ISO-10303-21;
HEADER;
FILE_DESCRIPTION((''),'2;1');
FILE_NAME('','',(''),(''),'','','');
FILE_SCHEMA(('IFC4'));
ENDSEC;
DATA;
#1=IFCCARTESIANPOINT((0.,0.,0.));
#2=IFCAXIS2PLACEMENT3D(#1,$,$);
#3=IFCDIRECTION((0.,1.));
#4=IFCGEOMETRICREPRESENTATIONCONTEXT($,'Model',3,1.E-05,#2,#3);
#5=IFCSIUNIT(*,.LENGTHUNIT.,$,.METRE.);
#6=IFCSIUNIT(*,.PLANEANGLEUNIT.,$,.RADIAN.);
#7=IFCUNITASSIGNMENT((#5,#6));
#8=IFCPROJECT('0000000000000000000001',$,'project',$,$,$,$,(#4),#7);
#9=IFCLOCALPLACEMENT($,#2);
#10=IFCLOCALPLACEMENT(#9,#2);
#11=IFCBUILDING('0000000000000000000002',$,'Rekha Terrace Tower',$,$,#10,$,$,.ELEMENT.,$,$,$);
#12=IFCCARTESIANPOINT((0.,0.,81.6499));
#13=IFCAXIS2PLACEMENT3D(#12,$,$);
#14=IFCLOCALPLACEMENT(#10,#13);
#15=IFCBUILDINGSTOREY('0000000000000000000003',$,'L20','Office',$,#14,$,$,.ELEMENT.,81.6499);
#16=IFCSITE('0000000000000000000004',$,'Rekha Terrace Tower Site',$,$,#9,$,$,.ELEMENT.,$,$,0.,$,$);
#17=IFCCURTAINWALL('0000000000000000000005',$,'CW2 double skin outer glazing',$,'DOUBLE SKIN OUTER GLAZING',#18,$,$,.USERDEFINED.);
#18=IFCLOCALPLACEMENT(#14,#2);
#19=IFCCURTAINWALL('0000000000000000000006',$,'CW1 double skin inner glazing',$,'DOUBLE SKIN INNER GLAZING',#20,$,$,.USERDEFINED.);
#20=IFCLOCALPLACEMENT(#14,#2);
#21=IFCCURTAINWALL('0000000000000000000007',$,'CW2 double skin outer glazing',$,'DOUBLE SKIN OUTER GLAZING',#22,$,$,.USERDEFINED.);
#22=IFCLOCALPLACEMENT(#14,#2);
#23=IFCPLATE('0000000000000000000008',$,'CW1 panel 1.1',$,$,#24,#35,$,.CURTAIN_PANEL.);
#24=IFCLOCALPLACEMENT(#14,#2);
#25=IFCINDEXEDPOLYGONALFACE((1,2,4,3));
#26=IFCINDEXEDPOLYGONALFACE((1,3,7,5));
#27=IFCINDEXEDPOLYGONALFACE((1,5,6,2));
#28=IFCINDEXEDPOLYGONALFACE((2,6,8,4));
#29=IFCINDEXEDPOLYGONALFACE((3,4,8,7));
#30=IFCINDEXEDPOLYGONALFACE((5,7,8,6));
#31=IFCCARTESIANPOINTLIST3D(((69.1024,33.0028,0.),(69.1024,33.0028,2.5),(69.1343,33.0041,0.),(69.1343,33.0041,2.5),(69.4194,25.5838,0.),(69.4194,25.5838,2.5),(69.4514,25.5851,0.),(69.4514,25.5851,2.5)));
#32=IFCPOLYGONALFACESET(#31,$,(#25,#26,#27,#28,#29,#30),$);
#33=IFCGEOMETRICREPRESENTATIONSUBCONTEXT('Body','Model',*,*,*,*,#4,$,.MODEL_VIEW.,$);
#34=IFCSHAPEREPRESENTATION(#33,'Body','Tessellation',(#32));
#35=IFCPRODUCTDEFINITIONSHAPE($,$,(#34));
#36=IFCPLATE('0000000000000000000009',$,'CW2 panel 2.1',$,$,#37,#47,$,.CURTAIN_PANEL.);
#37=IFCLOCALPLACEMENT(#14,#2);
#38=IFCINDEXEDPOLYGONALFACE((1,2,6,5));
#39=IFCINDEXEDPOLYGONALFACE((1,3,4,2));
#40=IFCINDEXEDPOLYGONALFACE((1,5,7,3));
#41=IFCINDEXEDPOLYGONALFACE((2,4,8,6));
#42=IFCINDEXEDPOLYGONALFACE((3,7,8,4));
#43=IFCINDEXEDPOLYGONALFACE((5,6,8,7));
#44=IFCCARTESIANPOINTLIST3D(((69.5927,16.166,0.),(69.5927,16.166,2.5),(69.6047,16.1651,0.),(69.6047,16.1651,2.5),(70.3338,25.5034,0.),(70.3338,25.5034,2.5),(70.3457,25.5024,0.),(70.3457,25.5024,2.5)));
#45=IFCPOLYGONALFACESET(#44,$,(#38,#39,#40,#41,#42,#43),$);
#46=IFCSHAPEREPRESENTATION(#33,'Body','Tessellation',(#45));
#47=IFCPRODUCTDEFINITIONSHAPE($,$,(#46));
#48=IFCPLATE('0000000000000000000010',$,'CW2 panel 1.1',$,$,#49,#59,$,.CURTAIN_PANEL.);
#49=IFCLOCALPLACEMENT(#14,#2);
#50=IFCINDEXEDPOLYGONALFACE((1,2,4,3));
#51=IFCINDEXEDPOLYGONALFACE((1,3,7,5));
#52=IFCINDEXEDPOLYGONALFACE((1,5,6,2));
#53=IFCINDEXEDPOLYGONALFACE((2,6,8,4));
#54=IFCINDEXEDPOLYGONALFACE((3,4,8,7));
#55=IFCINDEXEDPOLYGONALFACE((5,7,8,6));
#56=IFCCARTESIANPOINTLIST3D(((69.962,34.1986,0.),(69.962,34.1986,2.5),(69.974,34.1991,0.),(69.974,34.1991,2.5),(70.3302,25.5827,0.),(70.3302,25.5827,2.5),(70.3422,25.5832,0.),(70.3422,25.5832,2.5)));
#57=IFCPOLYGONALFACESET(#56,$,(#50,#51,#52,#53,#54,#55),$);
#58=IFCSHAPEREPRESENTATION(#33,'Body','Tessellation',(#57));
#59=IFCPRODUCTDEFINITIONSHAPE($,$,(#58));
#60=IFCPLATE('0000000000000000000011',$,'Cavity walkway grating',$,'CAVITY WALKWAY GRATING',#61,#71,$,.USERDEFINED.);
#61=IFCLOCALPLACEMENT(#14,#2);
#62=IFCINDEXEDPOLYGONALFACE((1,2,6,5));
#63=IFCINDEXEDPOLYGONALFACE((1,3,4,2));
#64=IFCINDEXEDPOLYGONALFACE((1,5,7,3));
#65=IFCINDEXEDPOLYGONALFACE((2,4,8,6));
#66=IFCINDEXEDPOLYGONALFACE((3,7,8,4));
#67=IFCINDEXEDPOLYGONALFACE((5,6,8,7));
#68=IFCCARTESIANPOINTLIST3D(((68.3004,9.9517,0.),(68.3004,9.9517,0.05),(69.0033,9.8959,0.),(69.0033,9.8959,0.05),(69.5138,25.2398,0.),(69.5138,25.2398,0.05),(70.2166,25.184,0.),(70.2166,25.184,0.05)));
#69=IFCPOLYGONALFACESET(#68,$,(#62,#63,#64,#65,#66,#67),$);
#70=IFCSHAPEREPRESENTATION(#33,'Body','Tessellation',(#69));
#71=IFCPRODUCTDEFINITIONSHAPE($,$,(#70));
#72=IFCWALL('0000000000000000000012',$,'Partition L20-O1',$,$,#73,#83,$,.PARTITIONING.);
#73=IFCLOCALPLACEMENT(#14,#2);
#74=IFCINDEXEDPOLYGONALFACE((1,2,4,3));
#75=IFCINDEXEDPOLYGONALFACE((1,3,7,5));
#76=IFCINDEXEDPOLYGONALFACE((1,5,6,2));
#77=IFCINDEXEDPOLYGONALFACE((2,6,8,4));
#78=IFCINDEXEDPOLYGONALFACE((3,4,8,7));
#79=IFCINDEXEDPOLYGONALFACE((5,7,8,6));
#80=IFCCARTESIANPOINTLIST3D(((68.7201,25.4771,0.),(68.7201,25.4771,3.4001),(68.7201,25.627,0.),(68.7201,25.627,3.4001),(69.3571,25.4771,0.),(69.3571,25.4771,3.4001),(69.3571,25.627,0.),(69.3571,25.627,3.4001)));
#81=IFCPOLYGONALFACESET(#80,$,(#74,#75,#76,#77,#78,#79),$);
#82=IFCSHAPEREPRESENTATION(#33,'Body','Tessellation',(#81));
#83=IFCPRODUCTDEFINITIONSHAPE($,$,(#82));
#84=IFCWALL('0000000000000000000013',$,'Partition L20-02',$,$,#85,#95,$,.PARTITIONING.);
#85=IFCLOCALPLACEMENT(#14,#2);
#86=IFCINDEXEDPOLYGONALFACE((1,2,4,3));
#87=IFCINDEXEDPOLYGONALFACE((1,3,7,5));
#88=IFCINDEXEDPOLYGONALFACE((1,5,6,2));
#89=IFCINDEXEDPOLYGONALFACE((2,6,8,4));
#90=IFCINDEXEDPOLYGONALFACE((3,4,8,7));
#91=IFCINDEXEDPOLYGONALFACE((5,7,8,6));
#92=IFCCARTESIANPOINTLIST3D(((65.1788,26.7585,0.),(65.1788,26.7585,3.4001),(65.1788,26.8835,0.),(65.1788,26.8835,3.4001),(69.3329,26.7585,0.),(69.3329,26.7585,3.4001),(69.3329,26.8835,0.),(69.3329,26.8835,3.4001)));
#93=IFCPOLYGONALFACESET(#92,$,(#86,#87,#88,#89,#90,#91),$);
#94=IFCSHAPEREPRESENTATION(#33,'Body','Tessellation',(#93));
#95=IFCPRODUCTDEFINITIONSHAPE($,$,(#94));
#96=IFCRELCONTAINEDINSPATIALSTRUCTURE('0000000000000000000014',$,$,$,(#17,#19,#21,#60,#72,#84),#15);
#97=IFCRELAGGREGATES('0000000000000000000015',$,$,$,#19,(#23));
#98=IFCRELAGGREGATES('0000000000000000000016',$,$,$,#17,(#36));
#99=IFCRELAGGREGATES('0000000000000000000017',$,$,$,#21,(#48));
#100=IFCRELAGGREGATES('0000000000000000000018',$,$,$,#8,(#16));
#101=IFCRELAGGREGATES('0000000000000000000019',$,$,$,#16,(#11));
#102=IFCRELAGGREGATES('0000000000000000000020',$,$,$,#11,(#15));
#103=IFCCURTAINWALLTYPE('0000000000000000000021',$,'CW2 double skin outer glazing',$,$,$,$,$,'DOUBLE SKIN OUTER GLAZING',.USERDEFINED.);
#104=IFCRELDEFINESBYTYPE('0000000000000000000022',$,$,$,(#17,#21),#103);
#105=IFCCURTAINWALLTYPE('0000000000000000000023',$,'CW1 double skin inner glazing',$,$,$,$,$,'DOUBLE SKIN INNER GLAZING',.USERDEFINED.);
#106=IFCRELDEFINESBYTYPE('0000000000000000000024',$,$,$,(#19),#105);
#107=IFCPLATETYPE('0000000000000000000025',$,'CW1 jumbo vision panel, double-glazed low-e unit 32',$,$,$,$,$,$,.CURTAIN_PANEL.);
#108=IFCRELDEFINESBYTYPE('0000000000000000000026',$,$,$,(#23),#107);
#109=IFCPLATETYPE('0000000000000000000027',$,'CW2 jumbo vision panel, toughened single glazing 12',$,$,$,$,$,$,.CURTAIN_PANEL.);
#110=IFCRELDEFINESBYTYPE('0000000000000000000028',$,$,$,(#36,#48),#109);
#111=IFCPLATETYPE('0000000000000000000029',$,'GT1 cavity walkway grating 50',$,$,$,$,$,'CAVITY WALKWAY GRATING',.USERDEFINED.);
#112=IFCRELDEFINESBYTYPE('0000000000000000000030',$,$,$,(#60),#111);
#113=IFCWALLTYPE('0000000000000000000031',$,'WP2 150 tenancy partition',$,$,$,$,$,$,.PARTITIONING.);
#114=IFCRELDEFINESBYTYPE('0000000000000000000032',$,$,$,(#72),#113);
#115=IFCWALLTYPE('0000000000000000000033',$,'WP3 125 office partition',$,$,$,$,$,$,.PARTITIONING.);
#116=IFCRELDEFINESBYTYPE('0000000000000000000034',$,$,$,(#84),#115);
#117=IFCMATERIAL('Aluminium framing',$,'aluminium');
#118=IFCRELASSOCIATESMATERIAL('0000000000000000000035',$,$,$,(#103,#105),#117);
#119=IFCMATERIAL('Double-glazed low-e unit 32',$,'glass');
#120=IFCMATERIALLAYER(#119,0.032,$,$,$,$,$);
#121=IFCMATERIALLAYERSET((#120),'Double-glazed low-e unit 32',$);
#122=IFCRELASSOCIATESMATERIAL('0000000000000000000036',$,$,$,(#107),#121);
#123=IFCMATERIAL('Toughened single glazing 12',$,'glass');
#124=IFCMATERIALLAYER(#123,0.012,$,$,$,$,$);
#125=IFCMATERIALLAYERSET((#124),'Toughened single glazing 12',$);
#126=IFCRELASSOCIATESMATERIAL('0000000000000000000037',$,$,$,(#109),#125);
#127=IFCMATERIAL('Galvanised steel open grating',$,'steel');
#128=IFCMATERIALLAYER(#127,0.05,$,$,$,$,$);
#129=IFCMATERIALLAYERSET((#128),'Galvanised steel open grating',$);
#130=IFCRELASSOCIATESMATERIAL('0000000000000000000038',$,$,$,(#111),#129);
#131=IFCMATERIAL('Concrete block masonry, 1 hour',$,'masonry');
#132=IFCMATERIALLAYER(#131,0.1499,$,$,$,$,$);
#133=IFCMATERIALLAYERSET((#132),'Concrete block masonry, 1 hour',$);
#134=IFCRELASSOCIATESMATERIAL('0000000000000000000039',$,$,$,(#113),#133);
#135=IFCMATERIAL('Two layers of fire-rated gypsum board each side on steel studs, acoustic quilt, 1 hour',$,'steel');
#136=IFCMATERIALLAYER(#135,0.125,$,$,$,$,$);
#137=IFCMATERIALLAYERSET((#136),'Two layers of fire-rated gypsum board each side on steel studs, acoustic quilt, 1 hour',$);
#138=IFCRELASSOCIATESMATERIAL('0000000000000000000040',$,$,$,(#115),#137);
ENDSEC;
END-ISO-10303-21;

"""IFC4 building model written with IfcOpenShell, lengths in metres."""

from ifc_helpers import new_model, si_unit, direction, frame, frame_2d, origin, origin_2d, place, context, subcontext, project, spatial, rectangle, extrude, material, layer, layer_set, type_object, element, aggregate, save


model = new_model("IFC4")

# Units and contexts
model_context = context("Model", 3, precision=1e-05, world=origin(), true_north=direction((0.0, 1.0)))
body_context = subcontext(model_context, "Body", "Model", "MODEL_VIEW")
ifc_project = project(units=[si_unit("LENGTHUNIT", "METRE"), si_unit("PLANEANGLEUNIT", "RADIAN")], contexts=[model_context])

# Site, building, storey
site_placement = place(None, origin())
site = spatial("IfcSite", under=ifc_project, at=site_placement, Name="Rekha Terrace Tower Site", CompositionType="ELEMENT", RefElevation=0.0)
building_placement = place(site_placement, origin())
building = spatial("IfcBuilding", under=site, at=building_placement, Name="Rekha Terrace Tower", CompositionType="ELEMENT")
storey_placement = place(building_placement, frame((0.0, 0.0, 81.6499)))
storey = spatial("IfcBuildingStorey", under=building, at=storey_placement, Name="L20", Description="Office", CompositionType="ELEMENT", Elevation=81.6499)

# Curtain walls
ifc_material_1 = material(Name="Aluminium framing", Category="aluminium")
curtain_wall_type_1 = type_object("IfcCurtainWallType", Name="CW2 double skin outer glazing", ElementType="DOUBLE SKIN OUTER GLAZING", PredefinedType="USERDEFINED", material=ifc_material_1)
curtain_wall_1_placement = place(storey_placement, origin())
curtain_wall_1 = element("IfcCurtainWall", 1, at=curtain_wall_1_placement, inside=storey, type_object=curtain_wall_type_1, Name="CW2 double skin outer glazing", ObjectType="DOUBLE SKIN OUTER GLAZING", PredefinedType="USERDEFINED")
curtain_wall_type_2 = type_object("IfcCurtainWallType", Name="CW1 double skin inner glazing", ElementType="DOUBLE SKIN INNER GLAZING", PredefinedType="USERDEFINED", material=ifc_material_1)
curtain_wall_2_placement = place(storey_placement, origin())
curtain_wall_2 = element("IfcCurtainWall", 2, at=curtain_wall_2_placement, inside=storey, type_object=curtain_wall_type_2, Name="CW1 double skin inner glazing", ObjectType="DOUBLE SKIN INNER GLAZING", PredefinedType="USERDEFINED")

# Curtain wall
curtain_wall_3_placement = place(storey_placement, origin())
curtain_wall_3 = element("IfcCurtainWall", 3, at=curtain_wall_3_placement, inside=storey, type_object=curtain_wall_type_1, Name="CW2 double skin outer glazing", ObjectType="DOUBLE SKIN OUTER GLAZING", PredefinedType="USERDEFINED")

# Plates
ifc_material_2 = material(Name="Double-glazed low-e unit 32", Category="glass")
ifc_layer_1 = layer(ifc_material_2, 0.032)
ifc_layer_set_1 = layer_set([ifc_layer_1], Name="Double-glazed low-e unit 32")
plate_type_1 = type_object("IfcPlateType", Name="CW1 jumbo vision panel, double-glazed low-e unit 32", PredefinedType="CURTAIN_PANEL", material=ifc_layer_set_1)
plate_1_placement = place(storey_placement, frame((69.2769, 29.2939, 0.0), z_axis=(0.0, 0.0, 1.0), x_axis=(-0.042696, 0.999088, 0.0)))
plate_1 = element("IfcPlate", 4, at=plate_1_placement, type_object=plate_type_1, Name="CW1 panel 1.1", PredefinedType="CURTAIN_PANEL", context=body_context, shape_type="SweptSolid", body=[
    extrude(rectangle(XDim=7.4258, YDim=0.032, at=origin_2d()), origin(), (0.0, 0.0, 1.0), 2.5),
])
aggregate(curtain_wall_2, [plate_1])
ifc_material_3 = material(Name="Toughened single glazing 12", Category="glass")
ifc_layer_2 = layer(ifc_material_3, 0.012)
ifc_layer_set_2 = layer_set([ifc_layer_2], Name="Toughened single glazing 12")
plate_type_2 = type_object("IfcPlateType", Name="CW2 jumbo vision panel, toughened single glazing 12", PredefinedType="CURTAIN_PANEL", material=ifc_layer_set_2)
plate_2_placement = place(storey_placement, frame((69.9692, 20.8342, 0.0), z_axis=(0.0, 0.0, 1.0), x_axis=(0.079116, 0.996865, 0.0)))
plate_2 = element("IfcPlate", 5, at=plate_2_placement, type_object=plate_type_2, Name="CW2 panel 2.1", PredefinedType="CURTAIN_PANEL", context=body_context, shape_type="SweptSolid", body=[
    extrude(rectangle(XDim=9.3667, YDim=0.012, at=origin_2d()), origin(), (0.0, 0.0, 1.0), 2.5),
])
aggregate(curtain_wall_1, [plate_2])
plate_3_placement = place(storey_placement, frame((70.1521, 29.8909, 0.0), z_axis=(0.0, 0.0, 1.0), x_axis=(-0.042696, 0.999088, 0.0)))
plate_3 = element("IfcPlate", 6, at=plate_3_placement, type_object=plate_type_2, Name="CW2 panel 1.1", PredefinedType="CURTAIN_PANEL", context=body_context, shape_type="SweptSolid", body=[
    extrude(rectangle(XDim=8.6238, YDim=0.012, at=origin_2d()), origin(), (0.0, 0.0, 1.0), 2.5),
])
aggregate(curtain_wall_3, [plate_3])
ifc_material_4 = material(Name="Galvanised steel open grating", Category="steel")
ifc_layer_3 = layer(ifc_material_4, 0.05)
ifc_layer_set_3 = layer_set([ifc_layer_3], Name="Galvanised steel open grating")
plate_type_3 = type_object("IfcPlateType", Name="GT1 cavity walkway grating 50", ElementType="CAVITY WALKWAY GRATING", PredefinedType="USERDEFINED", material=ifc_layer_set_3)
plate_4_placement = place(storey_placement, frame((69.2585, 17.5679, 0.0), z_axis=(0.0, 0.0, 1.0), x_axis=(0.079116, 0.996865, 0.0)))
element("IfcPlate", 7, at=plate_4_placement, inside=storey, type_object=plate_type_3, Name="Cavity walkway grating", ObjectType="CAVITY WALKWAY GRATING", PredefinedType="USERDEFINED", context=body_context, shape_type="SweptSolid", body=[
    extrude(rectangle(XDim=15.3362, YDim=0.7051, at=origin_2d()), origin(), (0.0, 0.0, 1.0), 0.05),
])

# Walls
ifc_material_5 = material(Name="Concrete block masonry, 1 hour", Category="masonry")
ifc_layer_4 = layer(ifc_material_5, 0.1499)
ifc_layer_set_4 = layer_set([ifc_layer_4], Name="Concrete block masonry, 1 hour")
wall_type_1 = type_object("IfcWallType", Name="WP2 150 tenancy partition", PredefinedType="PARTITIONING", material=ifc_layer_set_4)
wall_1_placement = place(storey_placement, frame((69.3569, 25.552, 0.0), z_axis=(0.0, 0.0, 1.0), x_axis=(-1.0, 0.0, 0.0)))
element("IfcWall", 8, at=wall_1_placement, inside=storey, type_object=wall_type_1, Name="Partition L20-O1", PredefinedType="PARTITIONING", context=body_context, shape_type="SweptSolid", body=[
    extrude(rectangle(XDim=0.637, YDim=0.1499, at=frame_2d((0.3184, 0.0))), origin(), (0.0, 0.0, 1.0), 3.4001),
])
ifc_material_6 = material(Name="Two layers of fire-rated gypsum board each side on steel studs, acoustic quilt, 1 hour", Category="steel")
ifc_layer_5 = layer(ifc_material_6, 0.125)
ifc_layer_set_5 = layer_set([ifc_layer_5], Name="Two layers of fire-rated gypsum board each side on steel studs, acoustic quilt, 1 hour")
wall_type_2 = type_object("IfcWallType", Name="WP3 125 office partition", PredefinedType="PARTITIONING", material=ifc_layer_set_5)
wall_2_placement = place(storey_placement, frame((69.333, 26.821, 0.0), z_axis=(0.0, 0.0, 1.0), x_axis=(-1.0, 0.0, 0.0)))
element("IfcWall", 9, at=wall_2_placement, inside=storey, type_object=wall_type_2, Name="Partition L20-02", PredefinedType="PARTITIONING", context=body_context, shape_type="SweptSolid", body=[
    extrude(rectangle(XDim=4.1541, YDim=0.125, at=frame_2d((2.0771, 0.0))), origin(), (0.0, 0.0, 1.0), 3.4001),
])

save(model, "model.ifc")
